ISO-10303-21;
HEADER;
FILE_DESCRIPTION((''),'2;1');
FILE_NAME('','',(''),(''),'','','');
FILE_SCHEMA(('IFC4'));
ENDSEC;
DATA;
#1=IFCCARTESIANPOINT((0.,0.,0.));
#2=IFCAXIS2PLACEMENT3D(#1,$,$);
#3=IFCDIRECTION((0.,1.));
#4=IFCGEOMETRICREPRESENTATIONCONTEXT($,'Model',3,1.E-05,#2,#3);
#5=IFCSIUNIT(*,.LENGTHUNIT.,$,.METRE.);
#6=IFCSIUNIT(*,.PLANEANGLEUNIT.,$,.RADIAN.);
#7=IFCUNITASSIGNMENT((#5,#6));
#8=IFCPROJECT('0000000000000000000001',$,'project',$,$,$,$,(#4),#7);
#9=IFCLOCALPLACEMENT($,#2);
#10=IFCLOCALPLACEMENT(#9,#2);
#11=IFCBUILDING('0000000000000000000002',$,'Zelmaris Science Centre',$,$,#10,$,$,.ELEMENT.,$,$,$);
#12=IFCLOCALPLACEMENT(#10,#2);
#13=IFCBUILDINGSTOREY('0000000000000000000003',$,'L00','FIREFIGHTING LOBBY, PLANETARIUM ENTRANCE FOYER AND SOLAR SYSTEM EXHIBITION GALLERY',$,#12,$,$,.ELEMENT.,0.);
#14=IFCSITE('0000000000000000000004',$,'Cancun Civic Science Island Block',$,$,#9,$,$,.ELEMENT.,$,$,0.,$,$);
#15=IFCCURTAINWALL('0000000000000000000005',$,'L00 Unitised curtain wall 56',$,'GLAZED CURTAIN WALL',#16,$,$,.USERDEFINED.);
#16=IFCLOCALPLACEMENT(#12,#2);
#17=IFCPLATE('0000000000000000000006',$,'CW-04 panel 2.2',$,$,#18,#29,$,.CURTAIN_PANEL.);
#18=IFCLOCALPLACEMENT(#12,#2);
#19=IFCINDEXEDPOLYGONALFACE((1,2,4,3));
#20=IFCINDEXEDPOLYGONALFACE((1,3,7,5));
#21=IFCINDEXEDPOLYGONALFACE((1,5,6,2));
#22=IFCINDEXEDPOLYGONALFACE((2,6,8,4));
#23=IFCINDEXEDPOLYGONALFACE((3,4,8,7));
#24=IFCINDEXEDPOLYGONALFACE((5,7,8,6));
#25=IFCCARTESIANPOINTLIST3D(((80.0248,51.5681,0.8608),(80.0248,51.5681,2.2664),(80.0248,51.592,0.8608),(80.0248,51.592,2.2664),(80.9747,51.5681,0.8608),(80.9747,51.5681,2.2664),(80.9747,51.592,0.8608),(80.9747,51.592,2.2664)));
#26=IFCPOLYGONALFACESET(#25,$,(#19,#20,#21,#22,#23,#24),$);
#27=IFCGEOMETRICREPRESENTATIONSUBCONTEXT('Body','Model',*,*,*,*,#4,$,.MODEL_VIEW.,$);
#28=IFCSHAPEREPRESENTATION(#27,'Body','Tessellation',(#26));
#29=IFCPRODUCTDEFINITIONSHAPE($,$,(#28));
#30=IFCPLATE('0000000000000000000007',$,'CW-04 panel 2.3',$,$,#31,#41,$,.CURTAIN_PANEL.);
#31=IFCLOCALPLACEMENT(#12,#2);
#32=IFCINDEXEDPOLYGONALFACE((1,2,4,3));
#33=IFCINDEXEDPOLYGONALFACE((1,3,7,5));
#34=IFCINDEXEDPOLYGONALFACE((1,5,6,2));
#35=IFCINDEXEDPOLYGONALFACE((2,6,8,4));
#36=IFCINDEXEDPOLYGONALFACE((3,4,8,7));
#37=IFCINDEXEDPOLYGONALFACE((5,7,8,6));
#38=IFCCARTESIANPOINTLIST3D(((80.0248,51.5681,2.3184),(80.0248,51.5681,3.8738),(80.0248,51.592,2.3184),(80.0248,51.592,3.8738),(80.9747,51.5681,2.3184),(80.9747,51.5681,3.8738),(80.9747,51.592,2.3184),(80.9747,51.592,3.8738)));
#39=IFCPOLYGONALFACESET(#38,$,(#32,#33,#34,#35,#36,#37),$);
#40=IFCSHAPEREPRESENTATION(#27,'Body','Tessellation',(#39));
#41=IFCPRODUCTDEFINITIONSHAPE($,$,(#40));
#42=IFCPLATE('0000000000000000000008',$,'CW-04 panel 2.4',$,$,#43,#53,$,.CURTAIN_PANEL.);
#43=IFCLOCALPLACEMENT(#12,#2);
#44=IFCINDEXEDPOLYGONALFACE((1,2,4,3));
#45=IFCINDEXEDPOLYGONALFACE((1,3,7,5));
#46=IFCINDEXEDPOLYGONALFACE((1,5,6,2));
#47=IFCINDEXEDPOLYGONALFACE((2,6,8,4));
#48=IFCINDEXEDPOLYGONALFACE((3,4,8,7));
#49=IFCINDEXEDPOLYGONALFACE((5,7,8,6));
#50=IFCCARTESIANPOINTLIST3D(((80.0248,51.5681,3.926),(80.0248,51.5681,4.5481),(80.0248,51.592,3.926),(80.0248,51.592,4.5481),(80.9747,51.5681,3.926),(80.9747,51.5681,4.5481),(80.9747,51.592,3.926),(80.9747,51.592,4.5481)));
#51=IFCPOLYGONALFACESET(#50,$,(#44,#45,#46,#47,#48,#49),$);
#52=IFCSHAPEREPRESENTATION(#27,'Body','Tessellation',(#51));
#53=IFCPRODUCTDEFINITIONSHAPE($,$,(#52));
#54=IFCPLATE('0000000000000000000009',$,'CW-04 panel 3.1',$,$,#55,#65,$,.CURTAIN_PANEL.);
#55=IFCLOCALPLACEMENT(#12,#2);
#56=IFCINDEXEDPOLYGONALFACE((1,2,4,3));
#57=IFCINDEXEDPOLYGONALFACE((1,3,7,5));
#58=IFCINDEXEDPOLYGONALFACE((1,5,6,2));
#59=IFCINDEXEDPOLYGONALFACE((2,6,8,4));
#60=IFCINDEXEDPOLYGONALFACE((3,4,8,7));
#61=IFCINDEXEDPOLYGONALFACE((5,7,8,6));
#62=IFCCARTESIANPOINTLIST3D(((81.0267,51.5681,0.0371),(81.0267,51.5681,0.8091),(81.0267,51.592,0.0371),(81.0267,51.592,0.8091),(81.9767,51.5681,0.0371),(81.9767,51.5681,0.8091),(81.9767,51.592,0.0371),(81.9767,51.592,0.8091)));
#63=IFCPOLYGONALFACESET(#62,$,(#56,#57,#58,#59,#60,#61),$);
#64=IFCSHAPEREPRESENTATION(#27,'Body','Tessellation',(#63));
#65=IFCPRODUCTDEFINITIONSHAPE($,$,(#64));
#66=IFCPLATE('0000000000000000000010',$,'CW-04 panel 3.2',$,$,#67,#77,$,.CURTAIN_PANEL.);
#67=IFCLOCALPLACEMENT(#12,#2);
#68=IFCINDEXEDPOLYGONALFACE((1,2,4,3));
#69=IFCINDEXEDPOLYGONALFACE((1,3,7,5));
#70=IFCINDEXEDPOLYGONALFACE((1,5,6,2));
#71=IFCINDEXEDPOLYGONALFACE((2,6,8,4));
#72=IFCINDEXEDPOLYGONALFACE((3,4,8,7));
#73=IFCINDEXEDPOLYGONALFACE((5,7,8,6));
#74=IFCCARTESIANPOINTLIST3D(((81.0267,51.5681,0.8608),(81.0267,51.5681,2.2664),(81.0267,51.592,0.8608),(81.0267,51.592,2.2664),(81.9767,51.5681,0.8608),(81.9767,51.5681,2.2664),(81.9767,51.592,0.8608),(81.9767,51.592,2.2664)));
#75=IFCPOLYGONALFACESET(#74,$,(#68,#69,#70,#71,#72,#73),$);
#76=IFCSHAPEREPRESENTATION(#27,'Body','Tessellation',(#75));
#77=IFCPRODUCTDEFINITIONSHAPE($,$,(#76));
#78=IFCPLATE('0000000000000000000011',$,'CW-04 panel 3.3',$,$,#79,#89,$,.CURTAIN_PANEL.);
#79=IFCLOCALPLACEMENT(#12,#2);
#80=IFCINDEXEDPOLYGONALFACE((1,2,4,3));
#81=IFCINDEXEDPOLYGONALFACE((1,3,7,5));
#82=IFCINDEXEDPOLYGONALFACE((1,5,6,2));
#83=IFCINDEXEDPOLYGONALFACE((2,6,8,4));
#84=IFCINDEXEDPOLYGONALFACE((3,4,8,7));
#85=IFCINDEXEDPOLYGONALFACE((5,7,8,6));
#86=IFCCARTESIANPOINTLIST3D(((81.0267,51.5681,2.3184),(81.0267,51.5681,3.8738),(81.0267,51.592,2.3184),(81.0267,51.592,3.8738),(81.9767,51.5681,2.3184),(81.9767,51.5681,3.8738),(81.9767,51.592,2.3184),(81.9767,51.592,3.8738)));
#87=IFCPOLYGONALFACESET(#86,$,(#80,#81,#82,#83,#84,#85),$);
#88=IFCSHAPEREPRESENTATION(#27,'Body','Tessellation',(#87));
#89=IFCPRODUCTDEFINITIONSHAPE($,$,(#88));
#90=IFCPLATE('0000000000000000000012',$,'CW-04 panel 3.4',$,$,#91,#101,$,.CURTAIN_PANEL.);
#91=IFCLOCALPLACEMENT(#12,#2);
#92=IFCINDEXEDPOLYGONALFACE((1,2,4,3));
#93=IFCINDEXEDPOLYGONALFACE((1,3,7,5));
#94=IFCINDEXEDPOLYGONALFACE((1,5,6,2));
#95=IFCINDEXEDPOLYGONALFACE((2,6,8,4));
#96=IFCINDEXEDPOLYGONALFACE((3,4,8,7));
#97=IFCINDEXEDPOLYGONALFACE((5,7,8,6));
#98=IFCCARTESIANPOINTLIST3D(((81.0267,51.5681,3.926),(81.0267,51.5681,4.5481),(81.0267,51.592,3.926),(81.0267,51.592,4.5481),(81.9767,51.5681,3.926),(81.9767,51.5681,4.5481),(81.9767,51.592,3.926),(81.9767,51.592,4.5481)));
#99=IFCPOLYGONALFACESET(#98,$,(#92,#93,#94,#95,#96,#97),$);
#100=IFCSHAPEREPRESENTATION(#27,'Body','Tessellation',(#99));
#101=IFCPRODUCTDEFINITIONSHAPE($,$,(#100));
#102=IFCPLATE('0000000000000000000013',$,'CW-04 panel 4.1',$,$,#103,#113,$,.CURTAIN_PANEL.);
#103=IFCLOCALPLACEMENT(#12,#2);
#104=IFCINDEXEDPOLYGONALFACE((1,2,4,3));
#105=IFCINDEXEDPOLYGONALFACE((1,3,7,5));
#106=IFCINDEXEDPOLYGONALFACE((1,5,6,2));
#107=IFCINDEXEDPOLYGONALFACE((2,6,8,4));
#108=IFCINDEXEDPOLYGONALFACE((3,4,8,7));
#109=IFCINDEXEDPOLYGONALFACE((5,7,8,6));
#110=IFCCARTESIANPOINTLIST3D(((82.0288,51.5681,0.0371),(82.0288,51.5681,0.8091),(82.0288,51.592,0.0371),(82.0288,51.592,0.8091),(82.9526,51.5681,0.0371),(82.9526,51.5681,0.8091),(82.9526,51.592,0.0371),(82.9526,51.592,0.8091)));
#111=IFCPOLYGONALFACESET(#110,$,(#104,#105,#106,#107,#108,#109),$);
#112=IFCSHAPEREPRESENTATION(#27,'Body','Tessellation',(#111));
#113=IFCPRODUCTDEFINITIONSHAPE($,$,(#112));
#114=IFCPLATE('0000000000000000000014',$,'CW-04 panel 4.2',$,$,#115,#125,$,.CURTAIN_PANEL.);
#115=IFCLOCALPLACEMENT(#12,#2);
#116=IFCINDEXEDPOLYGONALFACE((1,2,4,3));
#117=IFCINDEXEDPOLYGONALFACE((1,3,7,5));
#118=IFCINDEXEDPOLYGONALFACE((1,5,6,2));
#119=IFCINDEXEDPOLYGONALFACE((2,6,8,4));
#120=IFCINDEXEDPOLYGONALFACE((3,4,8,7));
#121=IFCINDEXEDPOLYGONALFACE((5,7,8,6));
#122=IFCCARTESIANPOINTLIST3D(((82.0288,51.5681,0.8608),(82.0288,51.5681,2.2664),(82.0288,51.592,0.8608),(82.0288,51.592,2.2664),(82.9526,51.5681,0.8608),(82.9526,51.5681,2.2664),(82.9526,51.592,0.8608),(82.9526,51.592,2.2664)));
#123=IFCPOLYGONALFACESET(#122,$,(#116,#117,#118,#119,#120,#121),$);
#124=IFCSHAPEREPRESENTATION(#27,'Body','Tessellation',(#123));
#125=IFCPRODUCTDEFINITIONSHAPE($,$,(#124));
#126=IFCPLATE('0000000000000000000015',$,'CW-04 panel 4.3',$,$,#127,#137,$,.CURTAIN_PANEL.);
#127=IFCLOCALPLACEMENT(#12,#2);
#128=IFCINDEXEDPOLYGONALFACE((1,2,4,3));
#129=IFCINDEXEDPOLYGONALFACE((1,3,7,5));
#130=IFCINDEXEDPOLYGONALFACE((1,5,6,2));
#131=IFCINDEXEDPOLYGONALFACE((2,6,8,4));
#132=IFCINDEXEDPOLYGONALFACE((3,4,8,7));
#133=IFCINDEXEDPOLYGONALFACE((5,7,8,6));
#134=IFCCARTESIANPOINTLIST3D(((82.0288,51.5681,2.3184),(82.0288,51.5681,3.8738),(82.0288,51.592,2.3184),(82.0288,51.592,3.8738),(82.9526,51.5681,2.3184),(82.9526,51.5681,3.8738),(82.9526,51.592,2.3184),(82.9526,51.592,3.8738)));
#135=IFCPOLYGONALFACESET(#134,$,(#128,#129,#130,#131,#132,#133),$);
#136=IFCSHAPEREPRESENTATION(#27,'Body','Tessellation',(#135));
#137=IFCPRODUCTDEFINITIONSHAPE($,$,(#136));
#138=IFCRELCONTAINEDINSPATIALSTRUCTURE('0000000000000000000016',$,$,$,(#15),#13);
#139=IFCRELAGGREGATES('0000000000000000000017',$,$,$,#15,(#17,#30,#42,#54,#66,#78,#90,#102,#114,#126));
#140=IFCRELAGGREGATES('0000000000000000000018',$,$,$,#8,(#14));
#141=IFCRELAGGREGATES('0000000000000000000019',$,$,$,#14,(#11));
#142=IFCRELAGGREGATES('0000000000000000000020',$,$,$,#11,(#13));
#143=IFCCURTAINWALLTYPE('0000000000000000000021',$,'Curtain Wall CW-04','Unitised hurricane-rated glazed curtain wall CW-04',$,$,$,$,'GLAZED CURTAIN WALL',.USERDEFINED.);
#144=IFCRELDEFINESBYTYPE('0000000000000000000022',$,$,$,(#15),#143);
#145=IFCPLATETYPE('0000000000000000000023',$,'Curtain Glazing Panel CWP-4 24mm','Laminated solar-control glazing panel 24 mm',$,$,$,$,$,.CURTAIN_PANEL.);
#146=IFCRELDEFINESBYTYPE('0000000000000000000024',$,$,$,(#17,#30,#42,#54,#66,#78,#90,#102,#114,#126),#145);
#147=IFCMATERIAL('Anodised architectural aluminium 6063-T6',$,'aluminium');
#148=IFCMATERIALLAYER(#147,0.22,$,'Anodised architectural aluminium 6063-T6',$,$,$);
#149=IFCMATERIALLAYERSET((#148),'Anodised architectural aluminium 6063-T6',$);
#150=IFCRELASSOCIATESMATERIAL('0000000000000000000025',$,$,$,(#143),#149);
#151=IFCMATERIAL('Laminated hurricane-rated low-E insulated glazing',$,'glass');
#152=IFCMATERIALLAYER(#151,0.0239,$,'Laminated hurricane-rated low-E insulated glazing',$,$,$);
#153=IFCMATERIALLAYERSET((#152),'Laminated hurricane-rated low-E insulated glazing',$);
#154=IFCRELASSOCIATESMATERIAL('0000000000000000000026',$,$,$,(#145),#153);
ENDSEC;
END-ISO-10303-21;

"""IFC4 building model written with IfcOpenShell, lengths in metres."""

from ifc_helpers import new_model, si_unit, direction, frame, origin, origin_2d, place, context, subcontext, project, spatial, rectangle, extrude, material, layer, layer_set, type_object, element, aggregate, save


model = new_model("IFC4")

# Units and contexts
model_context = context("Model", 3, precision=1e-05, world=origin(), true_north=direction((0.0, 1.0)))
body_context = subcontext(model_context, "Body", "Model", "MODEL_VIEW")
ifc_project = project(units=[si_unit("LENGTHUNIT", "METRE"), si_unit("PLANEANGLEUNIT", "RADIAN")], contexts=[model_context])

# Site, building, storey
site_placement = place(None, origin())
site = spatial("IfcSite", under=ifc_project, at=site_placement, Name="Cancun Civic Science Island Block", CompositionType="ELEMENT", RefElevation=0.0)
building_placement = place(site_placement, origin())
building = spatial("IfcBuilding", under=site, at=building_placement, Name="Zelmaris Science Centre", CompositionType="ELEMENT")
storey_placement = place(building_placement, origin())
storey = spatial("IfcBuildingStorey", under=building, at=storey_placement, Name="L00", Description="FIREFIGHTING LOBBY, PLANETARIUM ENTRANCE FOYER AND SOLAR SYSTEM EXHIBITION GALLERY", CompositionType="ELEMENT", Elevation=0.0)

# Curtain wall, plates
ifc_material_1 = material(Name="Anodised architectural aluminium 6063-T6", Category="aluminium")
ifc_layer_1 = layer(ifc_material_1, 0.22, Name="Anodised architectural aluminium 6063-T6")
ifc_layer_set_1 = layer_set([ifc_layer_1], Name="Anodised architectural aluminium 6063-T6")
curtain_wall_type = type_object("IfcCurtainWallType", Name="Curtain Wall CW-04", Description="Unitised hurricane-rated glazed curtain wall CW-04", ElementType="GLAZED CURTAIN WALL", PredefinedType="USERDEFINED", material=ifc_layer_set_1)
curtain_wall_placement = place(storey_placement, origin())
curtain_wall = element("IfcCurtainWall", 1, at=curtain_wall_placement, inside=storey, type_object=curtain_wall_type, Name="L00 Unitised curtain wall 56", ObjectType="GLAZED CURTAIN WALL", PredefinedType="USERDEFINED")
ifc_material_2 = material(Name="Laminated hurricane-rated low-E insulated glazing", Category="glass")
ifc_layer_2 = layer(ifc_material_2, 0.0239, Name="Laminated hurricane-rated low-E insulated glazing")
ifc_layer_set_2 = layer_set([ifc_layer_2], Name="Laminated hurricane-rated low-E insulated glazing")
plate_type = type_object("IfcPlateType", Name="Curtain Glazing Panel CWP-4 24mm", Description="Laminated solar-control glazing panel 24 mm", PredefinedType="CURTAIN_PANEL", material=ifc_layer_set_2)
plate_1_placement = place(storey_placement, frame((80.4998, 51.5801, 0.8608), z_axis=(0.0, 0.0, 1.0), x_axis=(1.0, 0.0, 0.0)))
plate_1 = element("IfcPlate", 2, at=plate_1_placement, type_object=plate_type, Name="CW-04 panel 2.2", PredefinedType="CURTAIN_PANEL", context=body_context, shape_type="SweptSolid", body=[
    extrude(rectangle(XDim=0.95, YDim=0.0239, at=origin_2d()), origin(), (0.0, 0.0, 1.0), 1.4055),
])
plate_2_placement = place(storey_placement, frame((80.4998, 51.5801, 2.3184), z_axis=(0.0, 0.0, 1.0), x_axis=(1.0, 0.0, 0.0)))
plate_2 = element("IfcPlate", 3, at=plate_2_placement, type_object=plate_type, Name="CW-04 panel 2.3", PredefinedType="CURTAIN_PANEL", context=body_context, shape_type="SweptSolid", body=[
    extrude(rectangle(XDim=0.95, YDim=0.0239, at=origin_2d()), origin(), (0.0, 0.0, 1.0), 1.5554),
])
plate_3_placement = place(storey_placement, frame((80.4998, 51.5801, 3.926), z_axis=(0.0, 0.0, 1.0), x_axis=(1.0, 0.0, 0.0)))
plate_3 = element("IfcPlate", 4, at=plate_3_placement, type_object=plate_type, Name="CW-04 panel 2.4", PredefinedType="CURTAIN_PANEL", context=body_context, shape_type="SweptSolid", body=[
    extrude(rectangle(XDim=0.95, YDim=0.0239, at=origin_2d()), origin(), (0.0, 0.0, 1.0), 0.6221),
])
plate_4_placement = place(storey_placement, frame((81.5017, 51.5801, 0.0371), z_axis=(0.0, 0.0, 1.0), x_axis=(1.0, 0.0, 0.0)))
plate_4 = element("IfcPlate", 5, at=plate_4_placement, type_object=plate_type, Name="CW-04 panel 3.1", PredefinedType="CURTAIN_PANEL", context=body_context, shape_type="SweptSolid", body=[
    extrude(rectangle(XDim=0.95, YDim=0.0239, at=origin_2d()), origin(), (0.0, 0.0, 1.0), 0.772),
])
plate_5_placement = place(storey_placement, frame((81.5017, 51.5801, 0.8608), z_axis=(0.0, 0.0, 1.0), x_axis=(1.0, 0.0, 0.0)))
plate_5 = element("IfcPlate", 6, at=plate_5_placement, type_object=plate_type, Name="CW-04 panel 3.2", PredefinedType="CURTAIN_PANEL", context=body_context, shape_type="SweptSolid", body=[
    extrude(rectangle(XDim=0.95, YDim=0.0239, at=origin_2d()), origin(), (0.0, 0.0, 1.0), 1.4055),
])
plate_6_placement = place(storey_placement, frame((81.5017, 51.5801, 2.3184), z_axis=(0.0, 0.0, 1.0), x_axis=(1.0, 0.0, 0.0)))
plate_6 = element("IfcPlate", 7, at=plate_6_placement, type_object=plate_type, Name="CW-04 panel 3.3", PredefinedType="CURTAIN_PANEL", context=body_context, shape_type="SweptSolid", body=[
    extrude(rectangle(XDim=0.95, YDim=0.0239, at=origin_2d()), origin(), (0.0, 0.0, 1.0), 1.5554),
])
plate_7_placement = place(storey_placement, frame((81.5017, 51.5801, 3.926), z_axis=(0.0, 0.0, 1.0), x_axis=(1.0, 0.0, 0.0)))
plate_7 = element("IfcPlate", 8, at=plate_7_placement, type_object=plate_type, Name="CW-04 panel 3.4", PredefinedType="CURTAIN_PANEL", context=body_context, shape_type="SweptSolid", body=[
    extrude(rectangle(XDim=0.95, YDim=0.0239, at=origin_2d()), origin(), (0.0, 0.0, 1.0), 0.6221),
])
plate_8_placement = place(storey_placement, frame((82.4907, 51.5801, 0.0371), z_axis=(0.0, 0.0, 1.0), x_axis=(1.0, 0.0, 0.0)))
plate_8 = element("IfcPlate", 9, at=plate_8_placement, type_object=plate_type, Name="CW-04 panel 4.1", PredefinedType="CURTAIN_PANEL", context=body_context, shape_type="SweptSolid", body=[
    extrude(rectangle(XDim=0.9238, YDim=0.0239, at=origin_2d()), origin(), (0.0, 0.0, 1.0), 0.772),
])
plate_9_placement = place(storey_placement, frame((82.4907, 51.5801, 0.8608), z_axis=(0.0, 0.0, 1.0), x_axis=(1.0, 0.0, 0.0)))
plate_9 = element("IfcPlate", 10, at=plate_9_placement, type_object=plate_type, Name="CW-04 panel 4.2", PredefinedType="CURTAIN_PANEL", context=body_context, shape_type="SweptSolid", body=[
    extrude(rectangle(XDim=0.9238, YDim=0.0239, at=origin_2d()), origin(), (0.0, 0.0, 1.0), 1.4055),
])
plate_10_placement = place(storey_placement, frame((82.4907, 51.5801, 2.3184), z_axis=(0.0, 0.0, 1.0), x_axis=(1.0, 0.0, 0.0)))
plate_10 = element("IfcPlate", 11, at=plate_10_placement, type_object=plate_type, Name="CW-04 panel 4.3", PredefinedType="CURTAIN_PANEL", context=body_context, shape_type="SweptSolid", body=[
    extrude(rectangle(XDim=0.9238, YDim=0.0239, at=origin_2d()), origin(), (0.0, 0.0, 1.0), 1.5554),
])
aggregate(curtain_wall, [plate_1, plate_2, plate_3, plate_4, plate_5, plate_6, plate_7, plate_8, plate_9, plate_10])

save(model, "model.ifc")
